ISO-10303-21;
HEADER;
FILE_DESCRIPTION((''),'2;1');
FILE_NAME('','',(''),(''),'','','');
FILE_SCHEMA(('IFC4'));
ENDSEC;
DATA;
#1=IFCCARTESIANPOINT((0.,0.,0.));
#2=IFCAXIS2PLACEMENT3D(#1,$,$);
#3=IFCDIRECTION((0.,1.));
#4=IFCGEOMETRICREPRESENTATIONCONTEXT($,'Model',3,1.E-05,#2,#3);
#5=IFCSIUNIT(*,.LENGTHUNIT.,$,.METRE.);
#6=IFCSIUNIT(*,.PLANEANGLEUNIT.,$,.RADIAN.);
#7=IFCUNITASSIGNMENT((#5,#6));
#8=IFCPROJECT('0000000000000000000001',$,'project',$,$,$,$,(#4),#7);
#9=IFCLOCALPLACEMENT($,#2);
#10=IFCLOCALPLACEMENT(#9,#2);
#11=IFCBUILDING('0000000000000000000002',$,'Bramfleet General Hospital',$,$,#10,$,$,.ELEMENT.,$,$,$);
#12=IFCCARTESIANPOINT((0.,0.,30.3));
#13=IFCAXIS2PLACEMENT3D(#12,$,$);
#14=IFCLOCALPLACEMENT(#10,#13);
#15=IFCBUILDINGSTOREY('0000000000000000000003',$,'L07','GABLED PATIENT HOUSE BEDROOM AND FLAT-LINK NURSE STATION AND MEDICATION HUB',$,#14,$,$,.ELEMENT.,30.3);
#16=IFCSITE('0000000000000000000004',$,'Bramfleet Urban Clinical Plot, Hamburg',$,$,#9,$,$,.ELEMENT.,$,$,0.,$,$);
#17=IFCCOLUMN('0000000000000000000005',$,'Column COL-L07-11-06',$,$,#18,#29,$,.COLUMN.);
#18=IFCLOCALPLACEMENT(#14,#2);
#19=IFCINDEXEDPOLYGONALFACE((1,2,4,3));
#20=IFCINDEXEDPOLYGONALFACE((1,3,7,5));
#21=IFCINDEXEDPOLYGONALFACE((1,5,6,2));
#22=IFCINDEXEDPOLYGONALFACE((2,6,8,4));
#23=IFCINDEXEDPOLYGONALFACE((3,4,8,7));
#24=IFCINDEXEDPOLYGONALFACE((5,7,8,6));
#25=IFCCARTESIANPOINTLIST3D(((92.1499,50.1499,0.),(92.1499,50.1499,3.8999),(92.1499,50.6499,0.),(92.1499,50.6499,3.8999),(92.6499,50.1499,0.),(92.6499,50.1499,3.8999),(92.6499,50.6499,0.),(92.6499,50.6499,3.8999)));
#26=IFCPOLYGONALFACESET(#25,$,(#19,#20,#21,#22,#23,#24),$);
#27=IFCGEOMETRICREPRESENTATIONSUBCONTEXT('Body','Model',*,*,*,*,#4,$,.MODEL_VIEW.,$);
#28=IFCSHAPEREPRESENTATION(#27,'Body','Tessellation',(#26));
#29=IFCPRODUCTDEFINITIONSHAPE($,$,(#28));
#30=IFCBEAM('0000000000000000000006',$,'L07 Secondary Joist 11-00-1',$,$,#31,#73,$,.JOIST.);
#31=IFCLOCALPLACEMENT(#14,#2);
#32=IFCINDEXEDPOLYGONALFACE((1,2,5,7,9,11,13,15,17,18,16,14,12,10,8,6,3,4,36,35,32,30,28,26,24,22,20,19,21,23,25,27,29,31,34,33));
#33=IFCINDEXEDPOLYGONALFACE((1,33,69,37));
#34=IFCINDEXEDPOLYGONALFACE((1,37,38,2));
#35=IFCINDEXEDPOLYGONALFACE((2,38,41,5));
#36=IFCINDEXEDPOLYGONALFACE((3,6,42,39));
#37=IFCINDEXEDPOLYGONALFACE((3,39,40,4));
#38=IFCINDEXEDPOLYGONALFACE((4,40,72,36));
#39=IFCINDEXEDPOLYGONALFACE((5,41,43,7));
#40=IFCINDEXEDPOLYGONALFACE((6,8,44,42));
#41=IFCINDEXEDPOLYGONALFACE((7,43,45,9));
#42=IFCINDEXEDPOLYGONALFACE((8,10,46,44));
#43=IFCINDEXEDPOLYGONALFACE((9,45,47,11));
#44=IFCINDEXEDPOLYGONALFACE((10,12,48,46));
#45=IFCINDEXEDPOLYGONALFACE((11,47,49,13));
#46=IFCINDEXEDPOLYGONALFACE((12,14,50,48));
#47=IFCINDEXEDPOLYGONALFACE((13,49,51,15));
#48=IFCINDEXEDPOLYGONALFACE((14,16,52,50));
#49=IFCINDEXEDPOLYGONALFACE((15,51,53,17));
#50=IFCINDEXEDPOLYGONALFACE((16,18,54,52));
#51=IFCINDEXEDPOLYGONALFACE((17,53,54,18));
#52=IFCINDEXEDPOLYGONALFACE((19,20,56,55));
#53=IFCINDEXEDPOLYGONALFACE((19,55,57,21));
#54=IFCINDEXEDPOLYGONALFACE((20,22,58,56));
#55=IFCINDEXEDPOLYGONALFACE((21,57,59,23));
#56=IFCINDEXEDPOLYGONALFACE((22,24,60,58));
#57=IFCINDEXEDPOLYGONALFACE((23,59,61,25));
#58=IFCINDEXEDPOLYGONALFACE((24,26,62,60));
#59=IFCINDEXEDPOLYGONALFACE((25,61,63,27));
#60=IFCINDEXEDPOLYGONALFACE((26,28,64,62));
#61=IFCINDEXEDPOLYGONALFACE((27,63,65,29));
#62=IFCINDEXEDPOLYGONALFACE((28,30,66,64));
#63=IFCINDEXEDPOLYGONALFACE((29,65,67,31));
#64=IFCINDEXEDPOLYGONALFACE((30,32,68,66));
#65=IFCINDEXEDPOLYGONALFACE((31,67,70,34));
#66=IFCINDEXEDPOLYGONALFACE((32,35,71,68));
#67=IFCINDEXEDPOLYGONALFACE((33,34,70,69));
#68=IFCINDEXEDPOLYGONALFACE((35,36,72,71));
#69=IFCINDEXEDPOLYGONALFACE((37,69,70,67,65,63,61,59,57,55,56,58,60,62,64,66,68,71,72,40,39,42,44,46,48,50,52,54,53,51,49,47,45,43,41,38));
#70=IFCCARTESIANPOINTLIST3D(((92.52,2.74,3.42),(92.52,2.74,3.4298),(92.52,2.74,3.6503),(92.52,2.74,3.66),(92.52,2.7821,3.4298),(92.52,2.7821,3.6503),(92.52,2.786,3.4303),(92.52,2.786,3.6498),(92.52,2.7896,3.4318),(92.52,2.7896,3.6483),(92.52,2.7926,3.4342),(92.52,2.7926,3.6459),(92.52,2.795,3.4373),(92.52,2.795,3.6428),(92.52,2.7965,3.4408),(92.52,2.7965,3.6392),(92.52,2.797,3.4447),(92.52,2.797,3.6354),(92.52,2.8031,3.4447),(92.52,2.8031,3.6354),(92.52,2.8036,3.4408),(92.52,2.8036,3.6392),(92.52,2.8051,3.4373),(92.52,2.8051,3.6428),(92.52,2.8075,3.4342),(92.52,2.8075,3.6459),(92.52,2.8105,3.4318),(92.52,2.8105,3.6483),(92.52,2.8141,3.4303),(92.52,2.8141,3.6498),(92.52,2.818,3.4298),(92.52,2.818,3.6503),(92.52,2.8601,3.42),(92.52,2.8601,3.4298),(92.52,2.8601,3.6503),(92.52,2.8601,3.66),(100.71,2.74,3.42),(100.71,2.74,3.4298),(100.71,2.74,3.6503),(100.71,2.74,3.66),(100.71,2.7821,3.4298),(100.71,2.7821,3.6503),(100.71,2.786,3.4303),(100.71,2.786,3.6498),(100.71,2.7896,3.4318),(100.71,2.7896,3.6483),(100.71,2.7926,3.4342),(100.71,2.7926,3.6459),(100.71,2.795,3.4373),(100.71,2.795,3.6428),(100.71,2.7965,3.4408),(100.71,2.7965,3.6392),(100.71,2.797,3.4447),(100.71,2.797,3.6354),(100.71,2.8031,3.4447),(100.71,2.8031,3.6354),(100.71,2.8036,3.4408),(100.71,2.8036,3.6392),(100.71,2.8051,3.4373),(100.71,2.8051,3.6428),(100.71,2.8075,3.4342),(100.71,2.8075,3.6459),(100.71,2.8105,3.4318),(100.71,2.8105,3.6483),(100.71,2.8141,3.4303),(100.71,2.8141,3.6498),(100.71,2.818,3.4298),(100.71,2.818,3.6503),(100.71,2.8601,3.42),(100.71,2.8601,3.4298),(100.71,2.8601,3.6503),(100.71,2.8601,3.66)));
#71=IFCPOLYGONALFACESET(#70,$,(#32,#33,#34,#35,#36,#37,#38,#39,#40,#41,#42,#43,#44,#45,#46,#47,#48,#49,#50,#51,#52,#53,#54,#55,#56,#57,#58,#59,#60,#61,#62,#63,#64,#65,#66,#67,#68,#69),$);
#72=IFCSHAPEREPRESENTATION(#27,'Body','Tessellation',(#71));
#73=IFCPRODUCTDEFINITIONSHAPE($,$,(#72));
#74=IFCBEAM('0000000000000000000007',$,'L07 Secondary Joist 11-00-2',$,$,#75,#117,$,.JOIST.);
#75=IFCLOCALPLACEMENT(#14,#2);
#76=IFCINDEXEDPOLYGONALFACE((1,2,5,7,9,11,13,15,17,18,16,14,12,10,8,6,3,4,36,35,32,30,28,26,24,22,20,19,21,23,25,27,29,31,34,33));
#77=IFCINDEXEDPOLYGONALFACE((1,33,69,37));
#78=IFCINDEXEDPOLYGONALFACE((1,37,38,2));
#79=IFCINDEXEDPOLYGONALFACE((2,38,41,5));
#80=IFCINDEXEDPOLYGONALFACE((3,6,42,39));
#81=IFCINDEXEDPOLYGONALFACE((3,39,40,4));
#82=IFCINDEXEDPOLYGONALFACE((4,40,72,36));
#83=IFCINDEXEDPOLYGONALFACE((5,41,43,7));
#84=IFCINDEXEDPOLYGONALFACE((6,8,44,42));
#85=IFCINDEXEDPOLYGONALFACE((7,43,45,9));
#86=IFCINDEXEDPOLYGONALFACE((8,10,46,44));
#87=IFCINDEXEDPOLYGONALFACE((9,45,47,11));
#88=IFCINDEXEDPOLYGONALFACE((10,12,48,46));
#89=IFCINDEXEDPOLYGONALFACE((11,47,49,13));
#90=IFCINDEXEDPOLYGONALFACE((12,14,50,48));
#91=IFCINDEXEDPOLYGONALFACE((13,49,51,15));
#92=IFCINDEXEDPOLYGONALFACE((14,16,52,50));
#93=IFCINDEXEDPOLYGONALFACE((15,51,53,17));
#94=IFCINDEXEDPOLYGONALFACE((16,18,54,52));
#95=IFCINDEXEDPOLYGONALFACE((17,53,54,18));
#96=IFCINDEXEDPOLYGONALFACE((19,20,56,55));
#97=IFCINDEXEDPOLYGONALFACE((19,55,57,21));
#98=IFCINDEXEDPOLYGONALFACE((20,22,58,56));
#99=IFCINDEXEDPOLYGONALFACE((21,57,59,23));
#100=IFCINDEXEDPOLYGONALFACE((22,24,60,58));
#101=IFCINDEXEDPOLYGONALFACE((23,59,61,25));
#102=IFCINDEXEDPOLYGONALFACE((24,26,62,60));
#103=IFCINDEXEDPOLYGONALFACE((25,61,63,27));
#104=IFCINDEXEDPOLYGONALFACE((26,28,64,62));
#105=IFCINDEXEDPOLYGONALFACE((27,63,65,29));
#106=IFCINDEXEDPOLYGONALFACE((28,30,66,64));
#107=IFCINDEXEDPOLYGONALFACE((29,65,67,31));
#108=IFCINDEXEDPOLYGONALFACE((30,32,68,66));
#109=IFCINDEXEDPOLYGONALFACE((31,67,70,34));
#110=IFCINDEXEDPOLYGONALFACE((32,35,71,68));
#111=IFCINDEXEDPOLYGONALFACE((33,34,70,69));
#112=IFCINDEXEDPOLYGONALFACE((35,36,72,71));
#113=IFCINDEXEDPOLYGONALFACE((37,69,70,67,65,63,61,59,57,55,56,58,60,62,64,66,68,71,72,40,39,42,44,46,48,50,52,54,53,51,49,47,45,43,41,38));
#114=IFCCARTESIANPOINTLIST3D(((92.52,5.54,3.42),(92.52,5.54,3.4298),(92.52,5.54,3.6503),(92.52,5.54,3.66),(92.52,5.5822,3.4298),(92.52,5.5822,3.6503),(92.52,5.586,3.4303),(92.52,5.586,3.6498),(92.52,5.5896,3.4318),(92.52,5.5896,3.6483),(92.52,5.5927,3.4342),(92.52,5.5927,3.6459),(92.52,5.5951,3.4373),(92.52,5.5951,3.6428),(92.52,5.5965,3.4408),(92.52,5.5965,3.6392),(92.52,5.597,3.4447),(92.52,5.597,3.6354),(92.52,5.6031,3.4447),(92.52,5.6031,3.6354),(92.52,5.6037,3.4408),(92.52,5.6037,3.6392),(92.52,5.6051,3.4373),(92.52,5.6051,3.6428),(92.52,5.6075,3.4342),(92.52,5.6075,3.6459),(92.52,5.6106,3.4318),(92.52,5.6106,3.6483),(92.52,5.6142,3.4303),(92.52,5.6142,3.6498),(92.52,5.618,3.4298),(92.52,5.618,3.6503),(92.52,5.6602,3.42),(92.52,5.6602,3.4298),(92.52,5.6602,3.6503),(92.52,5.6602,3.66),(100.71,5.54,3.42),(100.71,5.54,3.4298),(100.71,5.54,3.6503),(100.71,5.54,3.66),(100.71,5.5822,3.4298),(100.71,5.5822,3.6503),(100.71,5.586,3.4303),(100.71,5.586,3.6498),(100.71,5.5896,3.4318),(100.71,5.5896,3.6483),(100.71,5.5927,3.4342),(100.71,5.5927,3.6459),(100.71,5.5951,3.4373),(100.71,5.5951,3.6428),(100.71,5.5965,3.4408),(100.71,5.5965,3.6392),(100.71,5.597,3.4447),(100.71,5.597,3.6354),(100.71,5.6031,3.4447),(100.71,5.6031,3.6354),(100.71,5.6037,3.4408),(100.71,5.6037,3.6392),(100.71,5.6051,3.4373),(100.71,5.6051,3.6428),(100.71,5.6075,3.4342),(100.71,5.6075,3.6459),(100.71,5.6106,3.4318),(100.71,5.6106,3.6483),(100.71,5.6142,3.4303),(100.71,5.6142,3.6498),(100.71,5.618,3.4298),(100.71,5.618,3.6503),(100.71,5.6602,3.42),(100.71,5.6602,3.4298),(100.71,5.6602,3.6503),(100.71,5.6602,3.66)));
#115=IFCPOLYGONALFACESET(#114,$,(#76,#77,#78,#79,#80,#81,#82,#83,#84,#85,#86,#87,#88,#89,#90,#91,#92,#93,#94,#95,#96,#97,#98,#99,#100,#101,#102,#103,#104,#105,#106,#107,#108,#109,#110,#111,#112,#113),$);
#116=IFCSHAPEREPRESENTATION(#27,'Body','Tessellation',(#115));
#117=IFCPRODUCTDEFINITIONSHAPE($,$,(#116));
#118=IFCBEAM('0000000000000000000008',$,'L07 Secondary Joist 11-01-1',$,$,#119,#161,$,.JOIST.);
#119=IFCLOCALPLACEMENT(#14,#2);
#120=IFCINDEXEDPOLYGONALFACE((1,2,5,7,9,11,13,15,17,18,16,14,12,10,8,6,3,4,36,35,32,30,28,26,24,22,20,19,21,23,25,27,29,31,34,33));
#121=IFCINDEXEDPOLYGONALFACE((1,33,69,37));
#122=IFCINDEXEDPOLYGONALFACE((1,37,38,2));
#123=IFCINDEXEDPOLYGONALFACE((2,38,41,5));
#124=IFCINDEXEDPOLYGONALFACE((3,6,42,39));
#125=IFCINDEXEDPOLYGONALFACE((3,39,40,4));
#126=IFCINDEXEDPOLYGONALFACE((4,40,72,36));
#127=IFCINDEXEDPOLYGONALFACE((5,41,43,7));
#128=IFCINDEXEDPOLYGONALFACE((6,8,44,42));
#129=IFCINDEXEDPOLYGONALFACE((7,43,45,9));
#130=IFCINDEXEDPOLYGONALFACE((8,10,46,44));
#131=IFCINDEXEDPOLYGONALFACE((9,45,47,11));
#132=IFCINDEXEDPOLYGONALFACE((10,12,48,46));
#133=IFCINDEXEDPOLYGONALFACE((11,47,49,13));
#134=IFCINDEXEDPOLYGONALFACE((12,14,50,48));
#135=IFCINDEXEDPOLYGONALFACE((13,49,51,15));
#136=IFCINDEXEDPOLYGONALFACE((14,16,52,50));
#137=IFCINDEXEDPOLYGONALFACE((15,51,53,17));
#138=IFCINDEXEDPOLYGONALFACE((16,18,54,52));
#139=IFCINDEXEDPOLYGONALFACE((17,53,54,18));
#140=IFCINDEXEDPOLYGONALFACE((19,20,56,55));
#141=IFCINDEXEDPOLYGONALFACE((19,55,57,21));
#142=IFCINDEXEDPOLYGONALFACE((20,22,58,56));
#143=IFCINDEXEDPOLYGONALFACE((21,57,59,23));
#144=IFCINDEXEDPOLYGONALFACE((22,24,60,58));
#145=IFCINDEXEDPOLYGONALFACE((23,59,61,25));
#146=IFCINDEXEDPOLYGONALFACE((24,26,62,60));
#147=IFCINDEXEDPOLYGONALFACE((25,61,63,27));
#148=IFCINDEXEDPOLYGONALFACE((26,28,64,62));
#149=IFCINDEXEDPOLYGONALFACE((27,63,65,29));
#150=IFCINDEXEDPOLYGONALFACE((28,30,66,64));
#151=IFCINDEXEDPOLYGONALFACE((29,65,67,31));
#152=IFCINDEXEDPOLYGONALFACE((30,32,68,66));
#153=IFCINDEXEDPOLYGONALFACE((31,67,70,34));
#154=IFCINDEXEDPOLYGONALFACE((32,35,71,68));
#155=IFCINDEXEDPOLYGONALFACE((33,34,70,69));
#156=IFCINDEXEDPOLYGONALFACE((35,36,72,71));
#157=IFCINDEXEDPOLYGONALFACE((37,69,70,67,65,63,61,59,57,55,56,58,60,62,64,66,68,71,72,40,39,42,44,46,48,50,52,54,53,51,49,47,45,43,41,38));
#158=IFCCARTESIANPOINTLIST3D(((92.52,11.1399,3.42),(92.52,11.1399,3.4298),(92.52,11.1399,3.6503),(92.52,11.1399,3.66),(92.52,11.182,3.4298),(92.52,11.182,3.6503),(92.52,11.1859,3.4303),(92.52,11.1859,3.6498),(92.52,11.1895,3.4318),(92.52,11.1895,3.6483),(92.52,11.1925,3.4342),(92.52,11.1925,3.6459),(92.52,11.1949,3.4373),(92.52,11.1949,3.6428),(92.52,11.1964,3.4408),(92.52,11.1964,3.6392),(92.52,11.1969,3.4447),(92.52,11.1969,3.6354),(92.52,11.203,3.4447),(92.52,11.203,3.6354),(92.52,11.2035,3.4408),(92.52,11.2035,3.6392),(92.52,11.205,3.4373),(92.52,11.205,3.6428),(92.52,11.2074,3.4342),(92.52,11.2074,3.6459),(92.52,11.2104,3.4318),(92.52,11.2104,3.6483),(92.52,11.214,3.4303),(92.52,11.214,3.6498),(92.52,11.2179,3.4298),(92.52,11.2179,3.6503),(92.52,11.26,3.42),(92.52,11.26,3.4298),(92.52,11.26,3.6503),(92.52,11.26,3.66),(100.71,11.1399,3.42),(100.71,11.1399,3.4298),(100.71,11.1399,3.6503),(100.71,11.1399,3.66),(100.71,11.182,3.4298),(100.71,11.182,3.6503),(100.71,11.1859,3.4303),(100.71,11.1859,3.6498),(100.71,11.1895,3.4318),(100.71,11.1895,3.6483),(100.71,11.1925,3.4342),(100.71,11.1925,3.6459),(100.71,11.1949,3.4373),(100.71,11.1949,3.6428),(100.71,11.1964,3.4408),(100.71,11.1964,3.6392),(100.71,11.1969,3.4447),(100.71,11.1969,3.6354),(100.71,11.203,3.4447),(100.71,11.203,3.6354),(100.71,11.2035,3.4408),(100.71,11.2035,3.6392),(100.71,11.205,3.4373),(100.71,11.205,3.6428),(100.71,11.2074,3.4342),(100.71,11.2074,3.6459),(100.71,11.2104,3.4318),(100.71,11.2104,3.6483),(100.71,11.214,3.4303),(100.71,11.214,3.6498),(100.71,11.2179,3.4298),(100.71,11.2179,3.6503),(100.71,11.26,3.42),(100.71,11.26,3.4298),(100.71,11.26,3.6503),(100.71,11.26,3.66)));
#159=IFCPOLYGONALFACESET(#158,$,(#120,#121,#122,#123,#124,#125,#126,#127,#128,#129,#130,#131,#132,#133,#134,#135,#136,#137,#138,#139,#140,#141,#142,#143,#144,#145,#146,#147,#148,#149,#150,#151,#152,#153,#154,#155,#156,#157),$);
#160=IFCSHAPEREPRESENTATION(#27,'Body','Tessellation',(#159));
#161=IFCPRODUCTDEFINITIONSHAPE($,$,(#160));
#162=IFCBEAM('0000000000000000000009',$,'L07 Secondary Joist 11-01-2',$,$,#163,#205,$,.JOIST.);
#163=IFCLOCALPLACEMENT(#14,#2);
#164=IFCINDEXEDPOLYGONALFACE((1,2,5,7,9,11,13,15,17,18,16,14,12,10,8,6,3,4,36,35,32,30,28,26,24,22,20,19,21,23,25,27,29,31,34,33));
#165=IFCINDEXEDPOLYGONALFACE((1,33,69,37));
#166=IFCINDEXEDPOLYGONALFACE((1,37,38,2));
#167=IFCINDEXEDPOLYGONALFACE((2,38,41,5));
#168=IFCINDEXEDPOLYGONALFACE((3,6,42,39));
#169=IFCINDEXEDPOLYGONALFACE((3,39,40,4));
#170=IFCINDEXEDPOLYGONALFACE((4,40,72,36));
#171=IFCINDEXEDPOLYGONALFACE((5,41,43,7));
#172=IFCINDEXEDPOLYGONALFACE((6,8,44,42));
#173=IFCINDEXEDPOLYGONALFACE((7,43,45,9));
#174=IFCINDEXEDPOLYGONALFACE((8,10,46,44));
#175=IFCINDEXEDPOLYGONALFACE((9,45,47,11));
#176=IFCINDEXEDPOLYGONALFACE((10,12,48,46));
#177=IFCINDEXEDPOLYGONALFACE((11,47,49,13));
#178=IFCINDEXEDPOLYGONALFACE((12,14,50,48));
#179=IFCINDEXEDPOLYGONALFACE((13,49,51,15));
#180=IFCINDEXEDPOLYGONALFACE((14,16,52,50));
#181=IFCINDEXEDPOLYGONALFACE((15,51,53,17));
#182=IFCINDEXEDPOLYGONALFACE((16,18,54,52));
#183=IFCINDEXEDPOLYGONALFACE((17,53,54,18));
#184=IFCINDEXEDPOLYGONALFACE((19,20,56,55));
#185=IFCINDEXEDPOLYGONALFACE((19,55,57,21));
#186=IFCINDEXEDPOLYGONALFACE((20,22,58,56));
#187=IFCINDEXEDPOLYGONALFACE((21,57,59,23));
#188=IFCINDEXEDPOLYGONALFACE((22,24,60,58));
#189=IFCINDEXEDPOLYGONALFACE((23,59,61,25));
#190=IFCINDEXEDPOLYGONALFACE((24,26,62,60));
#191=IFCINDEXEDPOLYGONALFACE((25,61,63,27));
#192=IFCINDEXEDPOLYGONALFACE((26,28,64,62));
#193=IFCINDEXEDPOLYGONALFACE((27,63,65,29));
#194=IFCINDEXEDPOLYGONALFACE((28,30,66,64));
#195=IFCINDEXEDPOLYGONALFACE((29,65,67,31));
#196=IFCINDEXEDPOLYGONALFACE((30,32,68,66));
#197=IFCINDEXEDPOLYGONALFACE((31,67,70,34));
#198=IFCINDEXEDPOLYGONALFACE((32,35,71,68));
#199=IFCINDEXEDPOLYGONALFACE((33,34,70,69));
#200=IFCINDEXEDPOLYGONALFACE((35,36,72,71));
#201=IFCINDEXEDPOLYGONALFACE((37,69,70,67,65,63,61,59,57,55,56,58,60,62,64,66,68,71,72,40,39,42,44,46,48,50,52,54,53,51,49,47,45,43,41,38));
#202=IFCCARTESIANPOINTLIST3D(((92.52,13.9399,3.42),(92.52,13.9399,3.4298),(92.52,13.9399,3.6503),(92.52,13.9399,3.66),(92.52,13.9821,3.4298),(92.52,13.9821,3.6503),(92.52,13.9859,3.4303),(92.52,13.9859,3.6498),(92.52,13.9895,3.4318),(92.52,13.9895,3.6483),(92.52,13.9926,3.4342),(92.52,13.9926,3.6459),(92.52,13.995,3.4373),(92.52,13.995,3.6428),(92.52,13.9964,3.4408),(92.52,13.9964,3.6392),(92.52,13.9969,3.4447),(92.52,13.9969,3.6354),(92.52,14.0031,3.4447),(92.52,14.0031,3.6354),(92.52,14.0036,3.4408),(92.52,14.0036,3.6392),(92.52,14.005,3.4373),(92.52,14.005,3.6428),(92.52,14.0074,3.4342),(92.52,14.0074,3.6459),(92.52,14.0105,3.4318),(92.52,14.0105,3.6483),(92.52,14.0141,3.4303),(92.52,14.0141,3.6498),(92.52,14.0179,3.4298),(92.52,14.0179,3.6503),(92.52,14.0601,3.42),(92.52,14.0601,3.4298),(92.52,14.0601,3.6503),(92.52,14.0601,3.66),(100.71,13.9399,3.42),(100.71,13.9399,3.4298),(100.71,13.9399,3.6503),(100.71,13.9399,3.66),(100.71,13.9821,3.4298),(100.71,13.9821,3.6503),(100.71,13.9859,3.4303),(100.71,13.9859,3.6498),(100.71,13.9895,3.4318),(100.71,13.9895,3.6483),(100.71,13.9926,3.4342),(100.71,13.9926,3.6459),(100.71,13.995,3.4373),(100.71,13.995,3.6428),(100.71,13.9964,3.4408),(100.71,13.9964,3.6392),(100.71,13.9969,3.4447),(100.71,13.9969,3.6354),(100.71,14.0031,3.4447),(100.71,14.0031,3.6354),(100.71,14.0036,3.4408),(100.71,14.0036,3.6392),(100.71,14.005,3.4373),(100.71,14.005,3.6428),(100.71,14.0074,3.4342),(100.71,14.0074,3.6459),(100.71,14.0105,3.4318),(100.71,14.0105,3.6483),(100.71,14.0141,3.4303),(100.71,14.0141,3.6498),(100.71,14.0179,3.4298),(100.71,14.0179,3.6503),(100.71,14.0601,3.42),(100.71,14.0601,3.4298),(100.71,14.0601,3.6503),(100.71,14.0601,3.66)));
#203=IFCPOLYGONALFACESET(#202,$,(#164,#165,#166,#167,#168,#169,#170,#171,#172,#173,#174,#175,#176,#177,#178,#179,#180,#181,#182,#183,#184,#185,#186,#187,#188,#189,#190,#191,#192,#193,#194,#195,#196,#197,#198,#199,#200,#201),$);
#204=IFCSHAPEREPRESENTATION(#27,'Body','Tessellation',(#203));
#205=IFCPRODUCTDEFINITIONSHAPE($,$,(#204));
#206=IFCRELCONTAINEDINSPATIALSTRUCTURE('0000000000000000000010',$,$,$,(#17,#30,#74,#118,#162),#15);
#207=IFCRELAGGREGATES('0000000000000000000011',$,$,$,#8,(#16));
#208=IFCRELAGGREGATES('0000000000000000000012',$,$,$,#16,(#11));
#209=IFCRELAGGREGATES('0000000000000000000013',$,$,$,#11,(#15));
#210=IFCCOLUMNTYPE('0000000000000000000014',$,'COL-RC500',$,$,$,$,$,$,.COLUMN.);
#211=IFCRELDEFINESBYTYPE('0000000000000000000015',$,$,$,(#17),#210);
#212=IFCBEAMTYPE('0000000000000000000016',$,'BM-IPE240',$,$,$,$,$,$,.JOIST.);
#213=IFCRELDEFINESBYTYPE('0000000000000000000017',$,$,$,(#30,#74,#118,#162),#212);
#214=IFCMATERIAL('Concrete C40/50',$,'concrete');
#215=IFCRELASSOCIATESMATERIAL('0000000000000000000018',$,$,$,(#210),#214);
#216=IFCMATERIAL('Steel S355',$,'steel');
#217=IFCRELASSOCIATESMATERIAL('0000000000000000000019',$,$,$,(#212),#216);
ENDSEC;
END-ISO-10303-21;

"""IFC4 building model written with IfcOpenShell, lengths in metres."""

from ifc_helpers import new_model, si_unit, direction, frame, origin, origin_2d, place, context, subcontext, project, spatial, rectangle, i_section, extrude, material, material_profile, profile_set, type_object, element, save


model = new_model("IFC4")

# Units and contexts
model_context = context("Model", 3, precision=1e-05, world=origin(), true_north=direction((0.0, 1.0)))
body_context = subcontext(model_context, "Body", "Model", "MODEL_VIEW")
ifc_project = project(units=[si_unit("LENGTHUNIT", "METRE"), si_unit("PLANEANGLEUNIT", "RADIAN")], contexts=[model_context])

# Site, building, storey
site_placement = place(None, origin())
site = spatial("IfcSite", under=ifc_project, at=site_placement, Name="Bramfleet Urban Clinical Plot, Hamburg", CompositionType="ELEMENT", RefElevation=0.0)
building_placement = place(site_placement, origin())
building = spatial("IfcBuilding", under=site, at=building_placement, Name="Bramfleet General Hospital", CompositionType="ELEMENT")
storey_placement = place(building_placement, frame((0.0, 0.0, 30.3)))
storey = spatial("IfcBuildingStorey", under=building, at=storey_placement, Name="L07", Description="GABLED PATIENT HOUSE BEDROOM AND FLAT-LINK NURSE STATION AND MEDICATION HUB", CompositionType="ELEMENT", Elevation=30.3)

# Column
ifc_material_1 = material(Name="Concrete C40/50", Category="concrete")
ifc_material_profile_1 = material_profile(ifc_material_1, rectangle(XDim=0.5, YDim=0.5, at=origin_2d()), Name="RC COL 500x500")
ifc_profile_set_1 = profile_set([ifc_material_profile_1], Name="Concrete C40/50")
column_type = type_object("IfcColumnType", Name="COL-RC500", PredefinedType="COLUMN", material=ifc_profile_set_1)
column_placement = place(storey_placement, frame((92.3999, 50.3999, 0.0), z_axis=(0.0, 0.0, 1.0), x_axis=(1.0, 0.0, 0.0)))
element("IfcColumn", 1, at=column_placement, inside=storey, type_object=column_type, Name="Column COL-L07-11-06", PredefinedType="COLUMN", context=body_context, shape_type="SweptSolid", body=[
    extrude(rectangle(XDim=0.5, YDim=0.5, at=origin_2d()), origin(), (0.0, 0.0, 1.0), 3.8999),
])

# Beams
ifc_material_2 = material(Name="Steel S355", Category="steel")
ifc_material_profile_2 = material_profile(ifc_material_2, i_section(OverallWidth=0.1201, OverallDepth=0.24, WebThickness=0.0061, FlangeThickness=0.0098, FilletRadius=0.0149, at=origin_2d()), Name="IPE 240")
ifc_profile_set_2 = profile_set([ifc_material_profile_2], Name="Steel S355")
beam_type = type_object("IfcBeamType", Name="BM-IPE240", PredefinedType="JOIST", material=ifc_profile_set_2)
for number, where, z_axis, x_axis, name in (
    (2, (92.52, 2.8, 3.54), (1.0, 0.0, 0.0), (0.0, 1.0, 0.0), "L07 Secondary Joist 11-00-1"),
    (3, (92.52, 5.6001, 3.54), (1.0, 0.0, 0.0), (0.0, 1.0, 0.0), "L07 Secondary Joist 11-00-2"),
    (4, (92.52, 11.2, 3.54), (1.0, 0.0, 0.0), (0.0, 1.0, 0.0), "L07 Secondary Joist 11-01-1"),
    (5, (92.52, 14.0, 3.54), (1.0, 0.0, 0.0), (0.0, 1.0, 0.0), "L07 Secondary Joist 11-01-2"),
):
    element("IfcBeam", number, at=place(storey_placement, frame(where, z_axis=z_axis, x_axis=x_axis)), inside=storey, type_object=beam_type, Name=name, PredefinedType="JOIST", context=body_context, shape_type="SweptSolid", body=[
        extrude(i_section(OverallWidth=0.1201, OverallDepth=0.24, WebThickness=0.0061, FlangeThickness=0.0098, FilletRadius=0.0149, at=origin_2d()), origin(), (0.0, 0.0, 1.0), 8.1899),
    ])

save(model, "model.ifc")
